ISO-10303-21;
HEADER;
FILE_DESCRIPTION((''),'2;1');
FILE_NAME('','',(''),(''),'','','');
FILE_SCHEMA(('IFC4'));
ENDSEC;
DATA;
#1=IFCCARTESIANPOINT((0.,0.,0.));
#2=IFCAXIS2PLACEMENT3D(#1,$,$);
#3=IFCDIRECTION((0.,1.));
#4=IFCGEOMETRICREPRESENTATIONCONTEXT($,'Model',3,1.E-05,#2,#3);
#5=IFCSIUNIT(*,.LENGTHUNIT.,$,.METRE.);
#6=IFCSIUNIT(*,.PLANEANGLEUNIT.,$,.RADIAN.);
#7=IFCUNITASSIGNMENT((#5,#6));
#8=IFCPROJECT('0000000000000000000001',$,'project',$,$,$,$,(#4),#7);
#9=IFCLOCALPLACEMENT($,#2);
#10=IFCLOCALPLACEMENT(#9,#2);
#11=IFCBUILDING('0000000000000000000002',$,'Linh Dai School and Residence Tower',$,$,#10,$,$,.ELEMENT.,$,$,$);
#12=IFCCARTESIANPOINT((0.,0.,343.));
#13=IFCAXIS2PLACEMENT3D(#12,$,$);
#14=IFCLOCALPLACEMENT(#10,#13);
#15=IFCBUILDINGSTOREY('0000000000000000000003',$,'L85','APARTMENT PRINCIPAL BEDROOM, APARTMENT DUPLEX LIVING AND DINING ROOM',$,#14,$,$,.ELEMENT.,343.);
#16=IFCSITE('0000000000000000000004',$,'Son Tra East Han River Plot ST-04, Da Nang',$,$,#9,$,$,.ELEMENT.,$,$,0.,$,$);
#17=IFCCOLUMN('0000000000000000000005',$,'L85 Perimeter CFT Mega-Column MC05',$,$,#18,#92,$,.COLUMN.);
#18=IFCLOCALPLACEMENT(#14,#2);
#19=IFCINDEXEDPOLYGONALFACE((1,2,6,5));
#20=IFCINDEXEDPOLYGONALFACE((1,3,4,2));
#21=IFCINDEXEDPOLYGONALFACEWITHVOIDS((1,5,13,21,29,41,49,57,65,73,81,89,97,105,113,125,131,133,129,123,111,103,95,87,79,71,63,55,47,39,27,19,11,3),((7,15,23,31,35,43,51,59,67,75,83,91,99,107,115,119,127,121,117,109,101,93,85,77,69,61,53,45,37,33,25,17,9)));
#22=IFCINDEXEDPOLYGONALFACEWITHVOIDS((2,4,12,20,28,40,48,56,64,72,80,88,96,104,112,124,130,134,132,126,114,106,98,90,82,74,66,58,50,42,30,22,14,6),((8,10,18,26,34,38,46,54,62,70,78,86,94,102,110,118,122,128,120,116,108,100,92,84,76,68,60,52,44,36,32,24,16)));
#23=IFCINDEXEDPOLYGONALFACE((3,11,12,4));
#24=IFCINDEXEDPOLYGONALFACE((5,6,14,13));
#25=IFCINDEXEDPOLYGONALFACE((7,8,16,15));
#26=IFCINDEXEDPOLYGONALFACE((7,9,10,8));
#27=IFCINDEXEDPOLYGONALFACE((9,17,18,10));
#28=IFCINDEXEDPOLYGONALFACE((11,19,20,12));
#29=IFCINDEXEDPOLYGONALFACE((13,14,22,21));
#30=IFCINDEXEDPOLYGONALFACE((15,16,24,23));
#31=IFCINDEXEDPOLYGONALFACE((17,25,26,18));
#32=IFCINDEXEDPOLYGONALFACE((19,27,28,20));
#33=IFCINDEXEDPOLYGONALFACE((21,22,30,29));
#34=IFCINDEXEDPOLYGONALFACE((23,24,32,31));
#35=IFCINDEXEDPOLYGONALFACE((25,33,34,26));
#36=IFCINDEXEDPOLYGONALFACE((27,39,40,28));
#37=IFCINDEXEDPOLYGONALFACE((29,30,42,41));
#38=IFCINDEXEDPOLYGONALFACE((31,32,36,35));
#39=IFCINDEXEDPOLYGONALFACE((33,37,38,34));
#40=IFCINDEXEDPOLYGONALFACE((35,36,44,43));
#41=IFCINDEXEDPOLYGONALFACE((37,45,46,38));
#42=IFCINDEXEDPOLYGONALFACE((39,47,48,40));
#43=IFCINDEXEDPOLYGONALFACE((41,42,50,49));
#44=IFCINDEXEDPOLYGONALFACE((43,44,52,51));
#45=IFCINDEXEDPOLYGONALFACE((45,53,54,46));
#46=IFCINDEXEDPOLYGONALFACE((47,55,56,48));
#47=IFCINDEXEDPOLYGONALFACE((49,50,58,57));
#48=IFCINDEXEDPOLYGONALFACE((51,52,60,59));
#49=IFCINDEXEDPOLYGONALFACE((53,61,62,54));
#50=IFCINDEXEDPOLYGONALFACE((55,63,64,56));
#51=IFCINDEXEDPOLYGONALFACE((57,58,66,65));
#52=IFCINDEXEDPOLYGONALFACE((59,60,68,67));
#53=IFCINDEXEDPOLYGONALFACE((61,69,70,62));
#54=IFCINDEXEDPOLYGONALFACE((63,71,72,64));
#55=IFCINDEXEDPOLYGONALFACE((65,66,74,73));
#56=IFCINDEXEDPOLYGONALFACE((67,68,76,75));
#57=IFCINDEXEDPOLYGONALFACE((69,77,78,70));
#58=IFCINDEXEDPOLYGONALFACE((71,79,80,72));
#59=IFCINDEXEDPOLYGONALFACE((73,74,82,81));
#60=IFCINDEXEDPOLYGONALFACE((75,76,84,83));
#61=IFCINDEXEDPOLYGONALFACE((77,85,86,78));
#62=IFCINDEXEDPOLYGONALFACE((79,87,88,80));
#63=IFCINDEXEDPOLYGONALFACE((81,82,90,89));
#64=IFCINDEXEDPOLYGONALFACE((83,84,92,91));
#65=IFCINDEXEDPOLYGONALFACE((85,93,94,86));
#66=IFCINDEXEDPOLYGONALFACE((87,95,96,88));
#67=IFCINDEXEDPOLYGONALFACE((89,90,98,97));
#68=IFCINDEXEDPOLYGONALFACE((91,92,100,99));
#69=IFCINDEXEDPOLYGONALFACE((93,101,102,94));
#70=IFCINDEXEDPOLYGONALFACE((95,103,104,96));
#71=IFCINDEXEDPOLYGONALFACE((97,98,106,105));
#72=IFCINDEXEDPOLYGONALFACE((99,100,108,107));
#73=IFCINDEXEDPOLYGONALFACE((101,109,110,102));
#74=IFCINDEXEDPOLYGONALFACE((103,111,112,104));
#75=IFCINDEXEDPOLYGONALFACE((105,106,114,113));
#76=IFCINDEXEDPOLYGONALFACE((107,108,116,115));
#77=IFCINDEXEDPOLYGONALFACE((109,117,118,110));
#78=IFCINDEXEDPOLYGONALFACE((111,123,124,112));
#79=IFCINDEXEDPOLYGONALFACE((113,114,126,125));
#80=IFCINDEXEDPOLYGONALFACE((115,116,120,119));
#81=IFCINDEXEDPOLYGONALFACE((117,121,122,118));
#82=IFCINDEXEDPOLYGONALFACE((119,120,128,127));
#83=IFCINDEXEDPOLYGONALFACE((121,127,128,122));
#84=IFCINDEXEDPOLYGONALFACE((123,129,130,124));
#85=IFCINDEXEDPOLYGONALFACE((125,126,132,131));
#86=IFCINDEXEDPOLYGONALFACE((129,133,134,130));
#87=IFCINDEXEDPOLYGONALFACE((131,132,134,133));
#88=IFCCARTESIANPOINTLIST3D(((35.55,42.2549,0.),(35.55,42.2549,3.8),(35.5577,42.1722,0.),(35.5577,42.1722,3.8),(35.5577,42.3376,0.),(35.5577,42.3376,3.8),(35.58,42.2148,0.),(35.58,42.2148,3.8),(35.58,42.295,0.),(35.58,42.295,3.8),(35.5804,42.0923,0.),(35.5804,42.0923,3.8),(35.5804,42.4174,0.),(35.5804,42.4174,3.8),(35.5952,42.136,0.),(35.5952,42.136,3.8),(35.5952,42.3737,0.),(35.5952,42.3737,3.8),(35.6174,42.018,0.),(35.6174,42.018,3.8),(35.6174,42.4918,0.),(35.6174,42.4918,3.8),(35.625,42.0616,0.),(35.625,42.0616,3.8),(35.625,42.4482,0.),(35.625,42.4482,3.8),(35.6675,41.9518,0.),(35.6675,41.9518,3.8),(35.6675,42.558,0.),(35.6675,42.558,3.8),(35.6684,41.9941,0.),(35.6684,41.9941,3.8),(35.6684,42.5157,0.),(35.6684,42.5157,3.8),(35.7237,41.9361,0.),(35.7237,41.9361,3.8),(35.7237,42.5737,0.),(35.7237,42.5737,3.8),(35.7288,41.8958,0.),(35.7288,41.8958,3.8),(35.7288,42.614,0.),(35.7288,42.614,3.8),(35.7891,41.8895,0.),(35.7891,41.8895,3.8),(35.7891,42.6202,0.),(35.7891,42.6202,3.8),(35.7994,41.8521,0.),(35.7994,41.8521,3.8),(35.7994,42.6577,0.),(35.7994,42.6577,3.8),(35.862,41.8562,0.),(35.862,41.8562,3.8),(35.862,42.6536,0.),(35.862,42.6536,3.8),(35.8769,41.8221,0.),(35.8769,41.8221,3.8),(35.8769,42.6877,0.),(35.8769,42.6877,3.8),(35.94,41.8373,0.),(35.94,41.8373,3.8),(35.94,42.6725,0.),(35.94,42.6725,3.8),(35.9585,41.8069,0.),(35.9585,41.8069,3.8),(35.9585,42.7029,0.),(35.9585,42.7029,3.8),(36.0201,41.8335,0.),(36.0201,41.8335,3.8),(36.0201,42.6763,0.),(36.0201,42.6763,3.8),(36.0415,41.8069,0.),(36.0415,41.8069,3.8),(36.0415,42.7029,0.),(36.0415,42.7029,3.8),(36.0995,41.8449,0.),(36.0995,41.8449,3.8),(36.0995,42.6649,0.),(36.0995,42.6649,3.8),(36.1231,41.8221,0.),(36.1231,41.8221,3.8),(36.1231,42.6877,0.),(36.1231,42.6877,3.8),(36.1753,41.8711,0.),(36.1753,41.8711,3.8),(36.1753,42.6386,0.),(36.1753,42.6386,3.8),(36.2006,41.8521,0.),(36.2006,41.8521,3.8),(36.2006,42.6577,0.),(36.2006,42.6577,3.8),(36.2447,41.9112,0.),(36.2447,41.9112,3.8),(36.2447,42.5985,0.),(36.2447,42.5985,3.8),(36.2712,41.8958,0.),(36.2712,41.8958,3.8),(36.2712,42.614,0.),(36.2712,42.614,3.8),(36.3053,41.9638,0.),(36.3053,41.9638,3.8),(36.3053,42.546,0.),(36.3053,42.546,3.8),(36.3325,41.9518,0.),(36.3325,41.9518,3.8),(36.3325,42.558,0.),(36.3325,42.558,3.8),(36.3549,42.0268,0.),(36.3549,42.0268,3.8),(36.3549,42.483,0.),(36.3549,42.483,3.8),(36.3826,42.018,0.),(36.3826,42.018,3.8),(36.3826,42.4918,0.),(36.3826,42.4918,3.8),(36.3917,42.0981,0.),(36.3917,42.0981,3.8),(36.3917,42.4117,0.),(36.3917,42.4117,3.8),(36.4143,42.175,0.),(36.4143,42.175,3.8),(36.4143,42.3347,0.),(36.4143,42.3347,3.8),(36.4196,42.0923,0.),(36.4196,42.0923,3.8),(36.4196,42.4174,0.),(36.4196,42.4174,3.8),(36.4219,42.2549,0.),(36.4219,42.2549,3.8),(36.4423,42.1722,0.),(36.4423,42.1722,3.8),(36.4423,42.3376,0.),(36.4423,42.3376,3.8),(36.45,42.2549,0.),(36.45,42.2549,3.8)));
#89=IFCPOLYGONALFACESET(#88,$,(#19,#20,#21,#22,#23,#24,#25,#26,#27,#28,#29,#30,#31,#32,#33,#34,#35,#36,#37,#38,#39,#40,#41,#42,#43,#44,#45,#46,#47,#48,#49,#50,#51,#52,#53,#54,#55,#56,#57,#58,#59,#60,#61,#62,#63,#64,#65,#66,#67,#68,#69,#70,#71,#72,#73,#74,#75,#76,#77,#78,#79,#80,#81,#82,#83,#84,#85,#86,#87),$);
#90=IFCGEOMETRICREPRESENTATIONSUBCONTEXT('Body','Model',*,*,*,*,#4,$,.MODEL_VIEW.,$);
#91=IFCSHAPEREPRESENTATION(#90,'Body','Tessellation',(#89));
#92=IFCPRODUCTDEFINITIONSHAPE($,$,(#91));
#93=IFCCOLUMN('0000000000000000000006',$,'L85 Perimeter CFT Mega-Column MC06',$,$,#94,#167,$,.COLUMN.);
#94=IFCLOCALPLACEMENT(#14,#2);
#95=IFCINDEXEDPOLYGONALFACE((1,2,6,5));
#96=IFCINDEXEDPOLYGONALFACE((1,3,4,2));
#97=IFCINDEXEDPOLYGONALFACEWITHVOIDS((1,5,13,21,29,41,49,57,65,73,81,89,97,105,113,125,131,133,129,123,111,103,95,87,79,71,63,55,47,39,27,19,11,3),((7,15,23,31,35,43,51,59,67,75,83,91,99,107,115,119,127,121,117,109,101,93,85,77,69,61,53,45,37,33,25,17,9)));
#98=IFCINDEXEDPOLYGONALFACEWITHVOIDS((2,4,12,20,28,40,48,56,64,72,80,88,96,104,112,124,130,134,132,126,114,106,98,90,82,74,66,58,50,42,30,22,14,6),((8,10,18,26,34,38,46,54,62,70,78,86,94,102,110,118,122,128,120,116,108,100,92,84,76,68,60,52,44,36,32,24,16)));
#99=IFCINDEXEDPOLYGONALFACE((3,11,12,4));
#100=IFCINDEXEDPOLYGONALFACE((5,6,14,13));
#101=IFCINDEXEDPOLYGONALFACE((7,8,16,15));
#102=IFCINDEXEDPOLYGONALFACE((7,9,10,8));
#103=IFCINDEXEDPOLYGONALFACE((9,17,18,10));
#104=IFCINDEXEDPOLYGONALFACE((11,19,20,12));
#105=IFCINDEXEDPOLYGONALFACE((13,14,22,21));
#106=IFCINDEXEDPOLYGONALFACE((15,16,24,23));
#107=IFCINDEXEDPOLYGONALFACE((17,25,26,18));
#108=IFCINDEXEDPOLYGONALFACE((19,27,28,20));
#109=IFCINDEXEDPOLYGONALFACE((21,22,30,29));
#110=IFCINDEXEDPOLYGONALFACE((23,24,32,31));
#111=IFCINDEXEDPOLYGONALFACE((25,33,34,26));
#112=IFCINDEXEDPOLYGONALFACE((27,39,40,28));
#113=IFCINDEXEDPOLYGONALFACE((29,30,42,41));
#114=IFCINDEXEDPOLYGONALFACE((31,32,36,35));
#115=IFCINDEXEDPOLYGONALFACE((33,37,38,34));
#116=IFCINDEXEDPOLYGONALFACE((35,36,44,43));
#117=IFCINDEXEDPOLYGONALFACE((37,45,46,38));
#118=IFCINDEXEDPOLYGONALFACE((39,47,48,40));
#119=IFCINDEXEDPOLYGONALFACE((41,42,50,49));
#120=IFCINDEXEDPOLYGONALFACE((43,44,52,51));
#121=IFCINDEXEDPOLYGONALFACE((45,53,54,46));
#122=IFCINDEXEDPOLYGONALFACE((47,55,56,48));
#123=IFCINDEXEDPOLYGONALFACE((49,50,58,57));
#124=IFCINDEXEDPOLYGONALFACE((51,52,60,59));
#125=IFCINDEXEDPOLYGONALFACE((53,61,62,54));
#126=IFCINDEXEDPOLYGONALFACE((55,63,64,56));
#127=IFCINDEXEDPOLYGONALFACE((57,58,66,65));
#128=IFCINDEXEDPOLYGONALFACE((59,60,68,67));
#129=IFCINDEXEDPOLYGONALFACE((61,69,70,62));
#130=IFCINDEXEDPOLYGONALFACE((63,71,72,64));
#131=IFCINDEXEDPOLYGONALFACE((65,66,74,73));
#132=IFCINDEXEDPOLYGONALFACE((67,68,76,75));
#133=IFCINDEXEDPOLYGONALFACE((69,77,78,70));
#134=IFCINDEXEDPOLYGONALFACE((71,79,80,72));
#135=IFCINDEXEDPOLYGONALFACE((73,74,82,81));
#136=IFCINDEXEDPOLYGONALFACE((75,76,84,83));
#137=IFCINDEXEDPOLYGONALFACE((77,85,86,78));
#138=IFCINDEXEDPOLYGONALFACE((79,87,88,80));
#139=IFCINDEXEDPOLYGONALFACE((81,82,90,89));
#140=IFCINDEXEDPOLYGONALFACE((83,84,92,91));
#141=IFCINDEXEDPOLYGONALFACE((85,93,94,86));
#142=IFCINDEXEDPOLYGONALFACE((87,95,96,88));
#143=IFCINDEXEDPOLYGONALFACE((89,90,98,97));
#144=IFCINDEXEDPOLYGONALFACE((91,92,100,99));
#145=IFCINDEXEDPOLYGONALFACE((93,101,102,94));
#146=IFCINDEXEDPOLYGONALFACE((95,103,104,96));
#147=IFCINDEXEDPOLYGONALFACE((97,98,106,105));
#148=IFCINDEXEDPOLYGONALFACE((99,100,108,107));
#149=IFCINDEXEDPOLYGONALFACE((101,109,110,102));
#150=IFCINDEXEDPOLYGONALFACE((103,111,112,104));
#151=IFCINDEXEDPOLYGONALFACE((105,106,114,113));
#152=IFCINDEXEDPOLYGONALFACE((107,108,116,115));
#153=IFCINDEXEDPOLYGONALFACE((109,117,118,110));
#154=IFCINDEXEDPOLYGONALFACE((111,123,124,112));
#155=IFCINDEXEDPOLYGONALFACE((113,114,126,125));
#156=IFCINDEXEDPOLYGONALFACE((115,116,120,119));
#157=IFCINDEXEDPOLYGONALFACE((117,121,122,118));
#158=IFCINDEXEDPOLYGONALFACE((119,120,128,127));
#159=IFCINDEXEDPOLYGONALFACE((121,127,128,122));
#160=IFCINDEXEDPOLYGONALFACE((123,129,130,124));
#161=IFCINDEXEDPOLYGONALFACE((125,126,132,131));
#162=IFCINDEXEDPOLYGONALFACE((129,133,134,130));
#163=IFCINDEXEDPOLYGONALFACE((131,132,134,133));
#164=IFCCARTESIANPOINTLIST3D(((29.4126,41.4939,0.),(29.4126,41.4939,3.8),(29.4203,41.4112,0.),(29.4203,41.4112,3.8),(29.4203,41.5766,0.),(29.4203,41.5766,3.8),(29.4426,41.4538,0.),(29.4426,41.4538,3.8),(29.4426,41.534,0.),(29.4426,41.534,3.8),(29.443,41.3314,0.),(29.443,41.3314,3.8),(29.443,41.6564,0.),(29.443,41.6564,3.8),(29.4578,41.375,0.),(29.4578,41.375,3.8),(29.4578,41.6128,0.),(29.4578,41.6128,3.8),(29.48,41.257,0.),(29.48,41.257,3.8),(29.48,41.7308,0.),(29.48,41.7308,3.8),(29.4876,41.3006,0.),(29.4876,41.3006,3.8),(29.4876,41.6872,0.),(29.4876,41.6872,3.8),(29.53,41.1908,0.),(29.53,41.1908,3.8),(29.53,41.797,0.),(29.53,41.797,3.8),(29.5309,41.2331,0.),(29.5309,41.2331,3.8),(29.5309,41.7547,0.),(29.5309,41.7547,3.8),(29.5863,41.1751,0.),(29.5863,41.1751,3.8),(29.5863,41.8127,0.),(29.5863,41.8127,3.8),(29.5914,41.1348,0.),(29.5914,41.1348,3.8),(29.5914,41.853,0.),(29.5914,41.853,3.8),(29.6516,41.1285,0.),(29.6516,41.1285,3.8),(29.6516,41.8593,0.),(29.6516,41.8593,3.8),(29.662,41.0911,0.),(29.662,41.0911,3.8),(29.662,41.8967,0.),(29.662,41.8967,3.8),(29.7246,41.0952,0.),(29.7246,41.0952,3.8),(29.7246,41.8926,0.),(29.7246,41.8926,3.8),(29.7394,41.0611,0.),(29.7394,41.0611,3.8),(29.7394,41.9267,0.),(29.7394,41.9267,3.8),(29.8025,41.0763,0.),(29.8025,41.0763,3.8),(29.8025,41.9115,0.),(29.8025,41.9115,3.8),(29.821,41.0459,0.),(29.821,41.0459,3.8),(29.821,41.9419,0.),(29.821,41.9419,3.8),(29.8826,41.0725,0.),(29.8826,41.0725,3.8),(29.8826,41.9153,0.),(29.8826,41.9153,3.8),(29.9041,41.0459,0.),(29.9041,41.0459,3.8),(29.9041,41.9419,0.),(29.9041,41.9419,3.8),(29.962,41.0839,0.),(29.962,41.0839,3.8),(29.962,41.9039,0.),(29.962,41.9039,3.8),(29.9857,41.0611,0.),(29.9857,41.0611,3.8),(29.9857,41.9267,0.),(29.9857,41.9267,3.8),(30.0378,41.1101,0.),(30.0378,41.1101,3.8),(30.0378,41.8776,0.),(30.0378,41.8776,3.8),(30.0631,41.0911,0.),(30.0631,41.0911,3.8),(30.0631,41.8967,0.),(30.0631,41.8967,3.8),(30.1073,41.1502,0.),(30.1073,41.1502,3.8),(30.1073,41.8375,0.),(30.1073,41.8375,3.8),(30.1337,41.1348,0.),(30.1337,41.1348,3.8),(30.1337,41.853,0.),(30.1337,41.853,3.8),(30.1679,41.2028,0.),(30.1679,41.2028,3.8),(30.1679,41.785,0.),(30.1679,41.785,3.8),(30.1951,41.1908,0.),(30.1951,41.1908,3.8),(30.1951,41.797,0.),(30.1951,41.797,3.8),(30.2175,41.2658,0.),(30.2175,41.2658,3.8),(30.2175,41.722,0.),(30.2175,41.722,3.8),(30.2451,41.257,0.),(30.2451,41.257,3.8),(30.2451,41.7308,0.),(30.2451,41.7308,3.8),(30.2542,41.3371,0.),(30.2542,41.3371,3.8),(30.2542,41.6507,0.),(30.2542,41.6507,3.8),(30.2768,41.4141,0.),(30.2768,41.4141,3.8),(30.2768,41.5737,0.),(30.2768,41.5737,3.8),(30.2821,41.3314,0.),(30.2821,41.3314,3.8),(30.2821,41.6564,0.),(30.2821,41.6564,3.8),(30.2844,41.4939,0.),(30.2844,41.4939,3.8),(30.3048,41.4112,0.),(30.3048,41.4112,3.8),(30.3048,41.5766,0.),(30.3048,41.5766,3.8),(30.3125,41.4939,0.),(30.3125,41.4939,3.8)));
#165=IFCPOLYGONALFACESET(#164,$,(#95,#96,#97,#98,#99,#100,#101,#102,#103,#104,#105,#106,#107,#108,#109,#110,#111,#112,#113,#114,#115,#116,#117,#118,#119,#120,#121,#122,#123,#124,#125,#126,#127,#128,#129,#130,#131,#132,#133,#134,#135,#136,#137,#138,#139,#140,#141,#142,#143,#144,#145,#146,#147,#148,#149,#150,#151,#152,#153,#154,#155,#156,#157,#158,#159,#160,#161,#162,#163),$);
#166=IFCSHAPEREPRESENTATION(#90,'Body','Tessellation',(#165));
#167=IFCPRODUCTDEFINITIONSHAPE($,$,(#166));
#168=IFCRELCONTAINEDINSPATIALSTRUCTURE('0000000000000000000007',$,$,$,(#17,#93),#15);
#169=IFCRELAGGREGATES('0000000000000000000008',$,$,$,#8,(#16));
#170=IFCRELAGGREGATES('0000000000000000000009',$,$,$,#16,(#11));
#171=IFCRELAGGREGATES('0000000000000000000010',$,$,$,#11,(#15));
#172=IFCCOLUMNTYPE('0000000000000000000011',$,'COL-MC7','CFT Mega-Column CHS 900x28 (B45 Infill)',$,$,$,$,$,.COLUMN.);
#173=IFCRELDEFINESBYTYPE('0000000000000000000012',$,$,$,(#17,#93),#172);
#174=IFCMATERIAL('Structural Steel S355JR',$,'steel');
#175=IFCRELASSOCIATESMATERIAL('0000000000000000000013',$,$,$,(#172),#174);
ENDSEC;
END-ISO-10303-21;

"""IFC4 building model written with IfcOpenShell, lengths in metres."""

from ifc_helpers import new_model, si_unit, direction, frame, origin, origin_2d, place, context, subcontext, project, spatial, hollow_circle, extrude, material, material_profile, profile_set, type_object, element, save


model = new_model("IFC4")

# Units and contexts
model_context = context("Model", 3, precision=1e-05, world=origin(), true_north=direction((0.0, 1.0)))
body_context = subcontext(model_context, "Body", "Model", "MODEL_VIEW")
ifc_project = project(units=[si_unit("LENGTHUNIT", "METRE"), si_unit("PLANEANGLEUNIT", "RADIAN")], contexts=[model_context])

# Site, building, storey
site_placement = place(None, origin())
site = spatial("IfcSite", under=ifc_project, at=site_placement, Name="Son Tra East Han River Plot ST-04, Da Nang", CompositionType="ELEMENT", RefElevation=0.0)
building_placement = place(site_placement, origin())
building = spatial("IfcBuilding", under=site, at=building_placement, Name="Linh Dai School and Residence Tower", CompositionType="ELEMENT")
storey_placement = place(building_placement, frame((0.0, 0.0, 343.0)))
storey = spatial("IfcBuildingStorey", under=building, at=storey_placement, Name="L85", Description="APARTMENT PRINCIPAL BEDROOM, APARTMENT DUPLEX LIVING AND DINING ROOM", CompositionType="ELEMENT", Elevation=343.0)

# Columns
ifc_material_1 = material(Name="Structural Steel S355JR", Category="steel")
ifc_material_profile_1 = material_profile(ifc_material_1, hollow_circle(Radius=0.45, WallThickness=0.0281, at=origin_2d()), Name="CHS 900x28")
ifc_profile_set_1 = profile_set([ifc_material_profile_1], Name="Structural Steel S355JR")
column_type_1 = type_object("IfcColumnType", Name="COL-MC7", Description="CFT Mega-Column CHS 900x28 (B45 Infill)", PredefinedType="COLUMN", material=ifc_profile_set_1)
for number, where, z_axis, x_axis, name in (
    (1, (36.0, 42.2549, 0.0), (0.0, 0.0, 1.0), (1.0, 0.0, 0.0), "L85 Perimeter CFT Mega-Column MC05"),
    (2, (29.8625, 41.4939, 0.0), (0.0, 0.0, 1.0), (1.0, 0.0, 0.0), "L85 Perimeter CFT Mega-Column MC06"),
):
    element("IfcColumn", number, at=place(storey_placement, frame(where, z_axis=z_axis, x_axis=x_axis)), inside=storey, type_object=column_type_1, Name=name, PredefinedType="COLUMN", context=body_context, shape_type="SweptSolid", body=[
        extrude(hollow_circle(Radius=0.45, WallThickness=0.0281, at=origin_2d()), origin(), (0.0, 0.0, 1.0), 3.8),
    ])

save(model, "model.ifc")
